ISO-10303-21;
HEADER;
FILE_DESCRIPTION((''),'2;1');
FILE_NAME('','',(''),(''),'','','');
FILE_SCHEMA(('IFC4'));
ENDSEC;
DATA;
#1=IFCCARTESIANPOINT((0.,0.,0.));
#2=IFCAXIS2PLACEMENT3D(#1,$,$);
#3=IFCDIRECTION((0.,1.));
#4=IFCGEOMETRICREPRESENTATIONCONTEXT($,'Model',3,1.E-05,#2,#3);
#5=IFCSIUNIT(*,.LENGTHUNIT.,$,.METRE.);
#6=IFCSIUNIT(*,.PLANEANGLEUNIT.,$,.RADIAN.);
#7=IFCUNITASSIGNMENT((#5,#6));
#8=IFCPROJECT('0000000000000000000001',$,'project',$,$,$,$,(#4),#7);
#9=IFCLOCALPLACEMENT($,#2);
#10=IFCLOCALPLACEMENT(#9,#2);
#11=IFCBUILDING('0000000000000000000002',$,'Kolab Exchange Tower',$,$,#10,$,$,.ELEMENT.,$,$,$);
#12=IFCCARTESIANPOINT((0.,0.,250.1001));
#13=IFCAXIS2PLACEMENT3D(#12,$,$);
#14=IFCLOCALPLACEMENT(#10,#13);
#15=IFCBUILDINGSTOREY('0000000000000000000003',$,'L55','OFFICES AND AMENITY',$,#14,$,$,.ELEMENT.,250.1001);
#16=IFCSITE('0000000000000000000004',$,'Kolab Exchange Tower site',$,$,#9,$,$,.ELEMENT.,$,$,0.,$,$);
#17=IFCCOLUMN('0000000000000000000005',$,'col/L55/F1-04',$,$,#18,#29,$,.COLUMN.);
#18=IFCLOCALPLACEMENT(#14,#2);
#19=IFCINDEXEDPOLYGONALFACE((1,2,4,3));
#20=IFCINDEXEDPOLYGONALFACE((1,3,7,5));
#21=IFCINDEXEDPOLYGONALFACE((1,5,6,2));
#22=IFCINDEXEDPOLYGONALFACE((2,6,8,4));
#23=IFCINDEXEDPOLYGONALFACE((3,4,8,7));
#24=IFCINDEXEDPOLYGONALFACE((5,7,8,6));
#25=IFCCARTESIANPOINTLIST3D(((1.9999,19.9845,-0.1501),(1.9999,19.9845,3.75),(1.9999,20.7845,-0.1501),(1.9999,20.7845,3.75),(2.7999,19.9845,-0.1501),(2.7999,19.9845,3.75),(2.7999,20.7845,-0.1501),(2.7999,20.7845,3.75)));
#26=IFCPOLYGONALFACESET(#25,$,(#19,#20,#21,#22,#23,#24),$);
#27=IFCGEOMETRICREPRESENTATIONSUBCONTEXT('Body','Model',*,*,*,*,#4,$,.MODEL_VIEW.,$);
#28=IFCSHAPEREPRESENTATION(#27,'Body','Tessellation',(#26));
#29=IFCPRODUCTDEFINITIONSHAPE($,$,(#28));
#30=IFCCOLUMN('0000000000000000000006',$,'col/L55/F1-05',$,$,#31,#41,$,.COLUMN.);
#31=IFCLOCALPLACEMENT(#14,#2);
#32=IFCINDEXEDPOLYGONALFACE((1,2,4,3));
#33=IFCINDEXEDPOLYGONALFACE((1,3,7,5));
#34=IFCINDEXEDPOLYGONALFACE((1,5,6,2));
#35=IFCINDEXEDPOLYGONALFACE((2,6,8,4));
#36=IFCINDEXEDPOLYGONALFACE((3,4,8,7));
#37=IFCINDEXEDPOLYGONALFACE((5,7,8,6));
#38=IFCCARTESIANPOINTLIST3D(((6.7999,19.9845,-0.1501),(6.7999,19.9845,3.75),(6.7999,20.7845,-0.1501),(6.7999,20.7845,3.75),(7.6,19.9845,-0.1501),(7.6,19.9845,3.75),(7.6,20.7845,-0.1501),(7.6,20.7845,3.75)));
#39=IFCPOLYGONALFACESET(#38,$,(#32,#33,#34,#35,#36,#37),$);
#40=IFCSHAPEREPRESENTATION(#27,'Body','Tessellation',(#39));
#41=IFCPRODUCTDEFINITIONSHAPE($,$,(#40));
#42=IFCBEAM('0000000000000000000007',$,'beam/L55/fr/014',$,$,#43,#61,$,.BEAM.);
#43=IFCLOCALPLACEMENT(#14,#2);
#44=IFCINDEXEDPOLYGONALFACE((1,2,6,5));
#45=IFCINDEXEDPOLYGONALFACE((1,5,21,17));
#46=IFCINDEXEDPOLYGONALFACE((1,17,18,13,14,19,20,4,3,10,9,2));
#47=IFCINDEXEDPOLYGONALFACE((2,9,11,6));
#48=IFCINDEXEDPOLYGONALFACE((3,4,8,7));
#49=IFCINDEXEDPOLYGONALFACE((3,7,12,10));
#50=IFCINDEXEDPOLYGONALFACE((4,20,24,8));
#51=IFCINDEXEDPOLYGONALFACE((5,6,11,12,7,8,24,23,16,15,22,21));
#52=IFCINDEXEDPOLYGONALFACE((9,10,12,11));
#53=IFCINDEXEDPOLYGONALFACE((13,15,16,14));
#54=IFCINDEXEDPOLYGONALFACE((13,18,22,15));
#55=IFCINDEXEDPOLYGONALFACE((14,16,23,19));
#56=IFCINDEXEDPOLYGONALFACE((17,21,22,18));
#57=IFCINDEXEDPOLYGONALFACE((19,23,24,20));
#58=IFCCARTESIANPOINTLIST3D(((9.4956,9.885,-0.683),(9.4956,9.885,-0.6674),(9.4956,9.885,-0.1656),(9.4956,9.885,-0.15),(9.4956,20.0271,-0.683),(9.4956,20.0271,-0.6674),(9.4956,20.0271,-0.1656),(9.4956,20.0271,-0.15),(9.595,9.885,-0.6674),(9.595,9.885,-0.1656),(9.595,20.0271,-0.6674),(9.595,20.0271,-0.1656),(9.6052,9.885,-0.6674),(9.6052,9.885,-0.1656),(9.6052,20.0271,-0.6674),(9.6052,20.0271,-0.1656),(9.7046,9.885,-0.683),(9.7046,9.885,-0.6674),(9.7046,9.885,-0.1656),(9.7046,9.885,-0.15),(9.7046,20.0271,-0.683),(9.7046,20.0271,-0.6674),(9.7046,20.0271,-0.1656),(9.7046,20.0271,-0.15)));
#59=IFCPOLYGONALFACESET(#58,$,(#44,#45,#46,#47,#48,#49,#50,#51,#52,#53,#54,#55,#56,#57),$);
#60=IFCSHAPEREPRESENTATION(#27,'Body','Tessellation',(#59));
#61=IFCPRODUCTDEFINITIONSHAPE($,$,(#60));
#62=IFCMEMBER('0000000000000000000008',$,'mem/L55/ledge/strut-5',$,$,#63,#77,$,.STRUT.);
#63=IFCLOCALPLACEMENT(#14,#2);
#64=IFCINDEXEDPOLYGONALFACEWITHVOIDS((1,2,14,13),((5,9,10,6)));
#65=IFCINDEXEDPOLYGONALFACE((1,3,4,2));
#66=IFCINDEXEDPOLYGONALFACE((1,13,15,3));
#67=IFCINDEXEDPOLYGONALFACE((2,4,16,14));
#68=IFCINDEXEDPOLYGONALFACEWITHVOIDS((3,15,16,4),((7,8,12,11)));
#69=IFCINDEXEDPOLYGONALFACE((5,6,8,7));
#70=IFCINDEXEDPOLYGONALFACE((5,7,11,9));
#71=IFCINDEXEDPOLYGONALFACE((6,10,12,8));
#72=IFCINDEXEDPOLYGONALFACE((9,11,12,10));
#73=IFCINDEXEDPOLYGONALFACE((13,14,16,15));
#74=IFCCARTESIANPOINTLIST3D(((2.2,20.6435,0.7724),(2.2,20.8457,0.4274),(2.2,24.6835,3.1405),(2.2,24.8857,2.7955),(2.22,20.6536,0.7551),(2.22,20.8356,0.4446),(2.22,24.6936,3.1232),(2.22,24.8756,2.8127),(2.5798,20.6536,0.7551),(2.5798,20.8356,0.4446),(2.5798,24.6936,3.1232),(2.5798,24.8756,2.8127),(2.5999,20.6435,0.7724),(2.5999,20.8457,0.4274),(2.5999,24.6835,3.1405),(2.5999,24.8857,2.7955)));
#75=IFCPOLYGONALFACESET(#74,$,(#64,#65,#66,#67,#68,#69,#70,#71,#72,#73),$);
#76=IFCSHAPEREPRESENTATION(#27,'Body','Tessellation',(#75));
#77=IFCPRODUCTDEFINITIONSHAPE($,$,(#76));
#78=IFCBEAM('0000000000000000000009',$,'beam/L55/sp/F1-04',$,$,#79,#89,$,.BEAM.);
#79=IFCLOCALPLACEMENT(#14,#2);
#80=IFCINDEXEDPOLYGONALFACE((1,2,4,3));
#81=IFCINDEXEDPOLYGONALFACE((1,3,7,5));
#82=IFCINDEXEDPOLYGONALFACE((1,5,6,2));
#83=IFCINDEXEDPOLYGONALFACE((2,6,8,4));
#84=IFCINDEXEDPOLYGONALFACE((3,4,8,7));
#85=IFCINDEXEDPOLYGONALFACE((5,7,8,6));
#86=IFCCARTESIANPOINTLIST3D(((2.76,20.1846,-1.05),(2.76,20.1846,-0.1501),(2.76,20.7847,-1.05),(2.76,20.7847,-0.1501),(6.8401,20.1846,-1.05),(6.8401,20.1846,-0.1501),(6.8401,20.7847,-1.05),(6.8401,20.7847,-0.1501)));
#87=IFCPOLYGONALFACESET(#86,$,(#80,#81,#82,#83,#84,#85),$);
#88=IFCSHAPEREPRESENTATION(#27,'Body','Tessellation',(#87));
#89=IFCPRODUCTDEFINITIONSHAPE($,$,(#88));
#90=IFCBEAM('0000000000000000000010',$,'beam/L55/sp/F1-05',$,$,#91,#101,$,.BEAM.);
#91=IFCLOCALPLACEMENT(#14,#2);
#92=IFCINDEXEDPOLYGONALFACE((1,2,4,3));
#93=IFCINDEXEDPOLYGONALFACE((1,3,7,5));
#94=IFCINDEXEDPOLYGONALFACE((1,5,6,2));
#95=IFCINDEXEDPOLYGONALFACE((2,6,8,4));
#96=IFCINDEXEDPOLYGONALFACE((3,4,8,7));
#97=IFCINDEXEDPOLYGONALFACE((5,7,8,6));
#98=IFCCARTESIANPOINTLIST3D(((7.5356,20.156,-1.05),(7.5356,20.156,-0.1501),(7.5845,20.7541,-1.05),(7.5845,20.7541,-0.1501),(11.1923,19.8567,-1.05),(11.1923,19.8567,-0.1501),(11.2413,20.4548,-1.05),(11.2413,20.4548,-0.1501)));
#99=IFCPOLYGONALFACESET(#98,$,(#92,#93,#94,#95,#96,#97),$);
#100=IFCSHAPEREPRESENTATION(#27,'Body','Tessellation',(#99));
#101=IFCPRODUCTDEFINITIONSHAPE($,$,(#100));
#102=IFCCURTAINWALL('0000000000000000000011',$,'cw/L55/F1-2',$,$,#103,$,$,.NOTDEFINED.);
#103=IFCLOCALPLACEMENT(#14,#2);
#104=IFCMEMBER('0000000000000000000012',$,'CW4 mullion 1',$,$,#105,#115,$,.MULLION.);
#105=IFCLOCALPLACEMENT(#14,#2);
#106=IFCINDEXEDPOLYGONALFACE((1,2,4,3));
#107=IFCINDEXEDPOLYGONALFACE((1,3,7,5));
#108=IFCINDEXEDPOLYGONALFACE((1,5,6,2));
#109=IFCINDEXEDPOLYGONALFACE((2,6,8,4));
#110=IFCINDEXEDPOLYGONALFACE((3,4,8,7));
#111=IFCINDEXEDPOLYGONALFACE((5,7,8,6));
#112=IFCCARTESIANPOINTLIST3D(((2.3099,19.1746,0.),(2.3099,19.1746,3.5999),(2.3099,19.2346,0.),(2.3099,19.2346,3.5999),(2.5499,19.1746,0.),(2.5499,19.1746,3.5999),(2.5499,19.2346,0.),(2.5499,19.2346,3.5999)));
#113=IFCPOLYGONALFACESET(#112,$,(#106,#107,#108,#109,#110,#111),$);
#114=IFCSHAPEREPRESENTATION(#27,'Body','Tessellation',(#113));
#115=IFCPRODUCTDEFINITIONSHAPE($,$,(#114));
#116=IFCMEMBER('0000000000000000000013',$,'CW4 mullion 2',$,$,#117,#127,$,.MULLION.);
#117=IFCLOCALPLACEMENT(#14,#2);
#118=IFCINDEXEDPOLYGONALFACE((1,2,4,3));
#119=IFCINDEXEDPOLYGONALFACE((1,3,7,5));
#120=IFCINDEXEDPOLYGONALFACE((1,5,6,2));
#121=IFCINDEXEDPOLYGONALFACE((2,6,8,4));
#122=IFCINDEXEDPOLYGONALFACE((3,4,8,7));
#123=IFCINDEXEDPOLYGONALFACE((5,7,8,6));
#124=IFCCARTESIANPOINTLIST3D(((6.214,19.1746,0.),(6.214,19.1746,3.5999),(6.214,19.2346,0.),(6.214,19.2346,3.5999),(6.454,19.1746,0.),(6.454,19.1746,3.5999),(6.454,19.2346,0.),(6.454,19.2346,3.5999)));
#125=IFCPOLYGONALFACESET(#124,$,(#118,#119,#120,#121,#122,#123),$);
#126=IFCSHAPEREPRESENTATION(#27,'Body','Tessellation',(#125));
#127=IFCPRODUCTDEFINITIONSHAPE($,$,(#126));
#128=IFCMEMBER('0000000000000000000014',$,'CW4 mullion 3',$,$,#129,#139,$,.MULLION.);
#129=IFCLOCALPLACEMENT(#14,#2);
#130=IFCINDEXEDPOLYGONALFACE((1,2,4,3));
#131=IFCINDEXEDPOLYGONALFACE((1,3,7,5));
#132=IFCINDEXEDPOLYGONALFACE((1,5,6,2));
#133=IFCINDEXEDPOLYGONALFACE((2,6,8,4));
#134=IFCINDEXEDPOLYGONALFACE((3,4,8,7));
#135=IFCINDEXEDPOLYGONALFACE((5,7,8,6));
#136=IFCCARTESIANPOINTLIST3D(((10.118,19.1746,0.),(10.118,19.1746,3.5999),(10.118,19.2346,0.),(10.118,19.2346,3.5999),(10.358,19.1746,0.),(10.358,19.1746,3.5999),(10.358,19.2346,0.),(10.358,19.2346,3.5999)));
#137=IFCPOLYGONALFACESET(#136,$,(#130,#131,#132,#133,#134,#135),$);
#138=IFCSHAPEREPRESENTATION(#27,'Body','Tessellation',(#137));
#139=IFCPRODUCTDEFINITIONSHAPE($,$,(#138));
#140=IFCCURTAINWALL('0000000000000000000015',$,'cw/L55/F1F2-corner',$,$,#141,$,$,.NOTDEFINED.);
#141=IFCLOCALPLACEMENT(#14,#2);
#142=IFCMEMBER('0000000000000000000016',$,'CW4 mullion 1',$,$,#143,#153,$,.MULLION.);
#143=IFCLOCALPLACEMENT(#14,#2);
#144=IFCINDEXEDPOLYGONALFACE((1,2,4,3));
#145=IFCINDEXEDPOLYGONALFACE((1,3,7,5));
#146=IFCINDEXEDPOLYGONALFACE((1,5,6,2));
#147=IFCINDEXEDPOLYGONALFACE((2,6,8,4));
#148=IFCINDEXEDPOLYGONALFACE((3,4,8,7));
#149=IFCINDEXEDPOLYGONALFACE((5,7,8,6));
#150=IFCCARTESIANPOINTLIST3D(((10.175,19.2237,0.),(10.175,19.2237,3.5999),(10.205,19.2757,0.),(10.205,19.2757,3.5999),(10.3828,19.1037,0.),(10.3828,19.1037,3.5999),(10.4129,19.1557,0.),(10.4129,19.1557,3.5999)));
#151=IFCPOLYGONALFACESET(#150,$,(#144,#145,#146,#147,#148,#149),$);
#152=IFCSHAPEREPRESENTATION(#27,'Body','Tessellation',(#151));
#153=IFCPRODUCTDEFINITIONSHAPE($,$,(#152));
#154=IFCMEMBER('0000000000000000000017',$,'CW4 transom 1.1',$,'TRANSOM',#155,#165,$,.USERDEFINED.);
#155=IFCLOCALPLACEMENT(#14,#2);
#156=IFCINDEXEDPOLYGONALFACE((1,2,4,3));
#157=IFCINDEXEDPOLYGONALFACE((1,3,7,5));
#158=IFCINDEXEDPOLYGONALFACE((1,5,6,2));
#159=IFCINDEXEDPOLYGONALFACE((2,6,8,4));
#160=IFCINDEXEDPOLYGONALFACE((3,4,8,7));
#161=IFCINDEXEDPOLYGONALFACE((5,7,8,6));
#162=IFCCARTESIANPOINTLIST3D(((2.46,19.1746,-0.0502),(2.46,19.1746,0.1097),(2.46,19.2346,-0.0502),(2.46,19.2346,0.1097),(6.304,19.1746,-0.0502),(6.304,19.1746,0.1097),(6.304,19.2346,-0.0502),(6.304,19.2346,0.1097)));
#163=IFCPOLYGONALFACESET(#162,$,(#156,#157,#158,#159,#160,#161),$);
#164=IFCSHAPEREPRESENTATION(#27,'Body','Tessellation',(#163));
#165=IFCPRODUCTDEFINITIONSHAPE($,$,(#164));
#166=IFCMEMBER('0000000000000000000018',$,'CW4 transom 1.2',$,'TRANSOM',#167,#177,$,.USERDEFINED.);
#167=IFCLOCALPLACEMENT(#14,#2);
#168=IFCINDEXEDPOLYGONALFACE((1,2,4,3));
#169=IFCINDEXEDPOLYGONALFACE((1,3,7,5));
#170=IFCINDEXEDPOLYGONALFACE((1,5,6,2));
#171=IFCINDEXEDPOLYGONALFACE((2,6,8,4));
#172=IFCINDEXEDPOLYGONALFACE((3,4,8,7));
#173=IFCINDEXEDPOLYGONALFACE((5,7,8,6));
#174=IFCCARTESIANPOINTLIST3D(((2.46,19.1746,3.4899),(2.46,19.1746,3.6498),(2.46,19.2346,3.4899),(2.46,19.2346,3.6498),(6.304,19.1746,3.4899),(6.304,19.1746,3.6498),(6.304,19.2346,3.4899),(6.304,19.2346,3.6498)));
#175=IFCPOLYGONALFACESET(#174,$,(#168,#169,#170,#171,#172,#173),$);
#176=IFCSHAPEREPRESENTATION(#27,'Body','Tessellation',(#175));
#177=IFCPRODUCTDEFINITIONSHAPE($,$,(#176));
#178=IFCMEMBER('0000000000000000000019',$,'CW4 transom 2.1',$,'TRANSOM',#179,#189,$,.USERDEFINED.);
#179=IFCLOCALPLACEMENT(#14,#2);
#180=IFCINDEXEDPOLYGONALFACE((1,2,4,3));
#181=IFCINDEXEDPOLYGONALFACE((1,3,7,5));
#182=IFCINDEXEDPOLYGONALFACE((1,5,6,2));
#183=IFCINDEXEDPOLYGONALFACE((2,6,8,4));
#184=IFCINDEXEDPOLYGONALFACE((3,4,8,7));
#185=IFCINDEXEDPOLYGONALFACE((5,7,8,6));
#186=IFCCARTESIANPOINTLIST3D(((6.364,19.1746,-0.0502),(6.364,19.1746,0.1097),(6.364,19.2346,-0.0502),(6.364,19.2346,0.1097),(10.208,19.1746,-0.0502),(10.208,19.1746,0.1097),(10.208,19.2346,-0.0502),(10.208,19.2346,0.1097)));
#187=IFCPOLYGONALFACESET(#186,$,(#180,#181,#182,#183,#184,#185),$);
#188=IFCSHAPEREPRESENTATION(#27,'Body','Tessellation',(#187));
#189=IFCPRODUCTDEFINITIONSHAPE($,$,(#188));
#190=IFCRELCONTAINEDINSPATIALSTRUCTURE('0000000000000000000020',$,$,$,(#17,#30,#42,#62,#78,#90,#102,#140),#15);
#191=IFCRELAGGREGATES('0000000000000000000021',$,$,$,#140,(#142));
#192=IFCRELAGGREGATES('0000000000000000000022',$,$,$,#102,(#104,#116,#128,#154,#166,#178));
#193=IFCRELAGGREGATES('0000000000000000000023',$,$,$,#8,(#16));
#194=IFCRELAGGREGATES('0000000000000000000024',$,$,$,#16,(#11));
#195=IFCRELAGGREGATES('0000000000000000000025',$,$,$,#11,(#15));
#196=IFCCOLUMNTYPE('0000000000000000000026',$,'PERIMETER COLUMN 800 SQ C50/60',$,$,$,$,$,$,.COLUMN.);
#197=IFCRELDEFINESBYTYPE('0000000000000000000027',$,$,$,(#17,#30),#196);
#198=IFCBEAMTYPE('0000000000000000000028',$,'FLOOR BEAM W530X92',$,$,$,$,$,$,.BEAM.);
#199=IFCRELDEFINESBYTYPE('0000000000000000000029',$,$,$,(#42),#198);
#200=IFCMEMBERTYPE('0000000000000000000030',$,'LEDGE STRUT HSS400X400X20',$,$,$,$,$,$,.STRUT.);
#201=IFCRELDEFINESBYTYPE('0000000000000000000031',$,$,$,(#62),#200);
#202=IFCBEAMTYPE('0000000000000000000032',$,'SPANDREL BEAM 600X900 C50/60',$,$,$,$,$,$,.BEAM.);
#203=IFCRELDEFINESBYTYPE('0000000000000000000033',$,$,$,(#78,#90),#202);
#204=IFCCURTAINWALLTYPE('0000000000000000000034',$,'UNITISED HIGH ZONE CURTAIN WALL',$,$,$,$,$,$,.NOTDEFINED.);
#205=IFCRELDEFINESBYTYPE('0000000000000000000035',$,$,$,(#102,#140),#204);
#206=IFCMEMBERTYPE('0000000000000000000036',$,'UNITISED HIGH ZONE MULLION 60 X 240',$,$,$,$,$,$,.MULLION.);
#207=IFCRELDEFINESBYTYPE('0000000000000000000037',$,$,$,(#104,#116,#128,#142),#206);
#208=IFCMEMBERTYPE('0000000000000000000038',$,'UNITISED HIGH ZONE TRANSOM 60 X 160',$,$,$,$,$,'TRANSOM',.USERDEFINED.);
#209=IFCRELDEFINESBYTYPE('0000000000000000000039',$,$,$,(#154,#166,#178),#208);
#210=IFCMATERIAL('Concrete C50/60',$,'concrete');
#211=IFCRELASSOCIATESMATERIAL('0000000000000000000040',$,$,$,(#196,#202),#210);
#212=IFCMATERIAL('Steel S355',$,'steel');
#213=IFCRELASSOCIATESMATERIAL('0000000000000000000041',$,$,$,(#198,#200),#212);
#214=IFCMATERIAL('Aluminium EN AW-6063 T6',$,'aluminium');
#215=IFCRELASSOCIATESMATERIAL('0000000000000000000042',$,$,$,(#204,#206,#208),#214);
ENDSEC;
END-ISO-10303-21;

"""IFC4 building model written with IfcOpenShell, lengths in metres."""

from ifc_helpers import new_model, si_unit, direction, frame, origin, origin_2d, place, context, subcontext, project, spatial, rectangle, hollow_rectangle, i_section, extrude, material, material_profile, profile_set, type_object, element, aggregate, save


model = new_model("IFC4")

# Units and contexts
model_context = context("Model", 3, precision=1e-05, world=origin(), true_north=direction((0.0, 1.0)))
body_context = subcontext(model_context, "Body", "Model", "MODEL_VIEW")
ifc_project = project(units=[si_unit("LENGTHUNIT", "METRE"), si_unit("PLANEANGLEUNIT", "RADIAN")], contexts=[model_context])

# Site, building, storey
site_placement = place(None, origin())
site = spatial("IfcSite", under=ifc_project, at=site_placement, Name="Kolab Exchange Tower site", CompositionType="ELEMENT", RefElevation=0.0)
building_placement = place(site_placement, origin())
building = spatial("IfcBuilding", under=site, at=building_placement, Name="Kolab Exchange Tower", CompositionType="ELEMENT")
storey_placement = place(building_placement, frame((0.0, 0.0, 250.1001)))
storey = spatial("IfcBuildingStorey", under=building, at=storey_placement, Name="L55", Description="OFFICES AND AMENITY", CompositionType="ELEMENT", Elevation=250.1001)

# Columns
ifc_material_1 = material(Name="Concrete C50/60", Category="concrete")
ifc_material_profile_1 = material_profile(ifc_material_1, rectangle(XDim=0.8, YDim=0.8, at=origin_2d()), Name="RC800")
ifc_profile_set_1 = profile_set([ifc_material_profile_1], Name="Concrete C50/60")
column_type = type_object("IfcColumnType", Name="PERIMETER COLUMN 800 SQ C50/60", PredefinedType="COLUMN", material=ifc_profile_set_1)
for number, where, z_axis, x_axis, name in (
    (1, (2.3999, 20.3845, -0.1501), (0.0, 0.0, 1.0), (1.0, 0.0, 0.0), "col/L55/F1-04"),
    (2, (7.2, 20.3845, -0.1501), (0.0, 0.0, 1.0), (1.0, 0.0, 0.0), "col/L55/F1-05"),
):
    element("IfcColumn", number, at=place(storey_placement, frame(where, z_axis=z_axis, x_axis=x_axis)), inside=storey, type_object=column_type, Name=name, PredefinedType="COLUMN", context=body_context, shape_type="SweptSolid", body=[
        extrude(rectangle(XDim=0.8, YDim=0.8, at=origin_2d()), origin(), (0.0, 0.0, 1.0), 3.9001),
    ])

# Beam
ifc_material_2 = material(Name="Steel S355", Category="steel")
ifc_material_profile_2 = material_profile(ifc_material_2, i_section(OverallWidth=0.209, OverallDepth=0.533, WebThickness=0.0103, FlangeThickness=0.0156, at=origin_2d()), Name="W530X92")
ifc_profile_set_2 = profile_set([ifc_material_profile_2], Name="Steel S355")
beam_type_1 = type_object("IfcBeamType", Name="FLOOR BEAM W530X92", PredefinedType="BEAM", material=ifc_profile_set_2)
beam_1_placement = place(storey_placement, frame((9.6001, 9.885, -0.4165), z_axis=(0.0, 1.0, 0.0), x_axis=(-1.0, 0.0, 0.0)))
element("IfcBeam", 3, at=beam_1_placement, inside=storey, type_object=beam_type_1, Name="beam/L55/fr/014", PredefinedType="BEAM", context=body_context, shape_type="SweptSolid", body=[
    extrude(i_section(OverallWidth=0.209, OverallDepth=0.533, WebThickness=0.0103, FlangeThickness=0.0156, at=origin_2d()), origin(), (0.0, 0.0, 1.0), 10.1421),
])

# Member
ifc_material_profile_3 = material_profile(ifc_material_2, hollow_rectangle(XDim=0.3999, YDim=0.3999, WallThickness=0.02, at=origin_2d()), Name="HSS400X400X20")
ifc_profile_set_3 = profile_set([ifc_material_profile_3], Name="Steel S355")
member_type_1 = type_object("IfcMemberType", Name="LEDGE STRUT HSS400X400X20", PredefinedType="STRUT", material=ifc_profile_set_3)
member_1_placement = place(storey_placement, frame((2.3999, 20.7446, 0.5999), z_axis=(0.0, 0.862711, 0.505698), x_axis=(-1.0, 0.0, 0.0)))
element("IfcMember", 4, at=member_1_placement, inside=storey, type_object=member_type_1, Name="mem/L55/ledge/strut-5", PredefinedType="STRUT", context=body_context, shape_type="SweptSolid", body=[
    extrude(hollow_rectangle(XDim=0.3999, YDim=0.3999, WallThickness=0.02, at=origin_2d()), origin(), (0.0, 0.0, 1.0), 4.6829),
])

# Beams
ifc_material_profile_4 = material_profile(ifc_material_1, rectangle(XDim=0.6001, YDim=0.8999, at=origin_2d()), Name="RC600X900")
ifc_profile_set_4 = profile_set([ifc_material_profile_4], Name="Concrete C50/60")
beam_type_2 = type_object("IfcBeamType", Name="SPANDREL BEAM 600X900 C50/60", PredefinedType="BEAM", material=ifc_profile_set_4)
beam_2_placement = place(storey_placement, frame((2.76, 20.4846, -0.6001), z_axis=(1.0, 0.0, 0.0), x_axis=(0.0, 1.0, 0.0)))
element("IfcBeam", 5, at=beam_2_placement, inside=storey, type_object=beam_type_2, Name="beam/L55/sp/F1-04", PredefinedType="BEAM", context=body_context, shape_type="SweptSolid", body=[
    extrude(rectangle(XDim=0.6001, YDim=0.8999, at=origin_2d()), origin(), (0.0, 0.0, 1.0), 4.0801),
])
beam_3_placement = place(storey_placement, frame((7.5601, 20.4551, -0.6001), z_axis=(0.996667, -0.081581, 0.0), x_axis=(0.081581, 0.996667, 0.0)))
element("IfcBeam", 6, at=beam_3_placement, inside=storey, type_object=beam_type_2, Name="beam/L55/sp/F1-05", PredefinedType="BEAM", context=body_context, shape_type="SweptSolid", body=[
    extrude(rectangle(XDim=0.6001, YDim=0.8999, at=origin_2d()), origin(), (0.0, 0.0, 1.0), 3.6689),
])

# Curtain wall, members
ifc_material_3 = material(Name="Aluminium EN AW-6063 T6", Category="aluminium")
curtain_wall_type = type_object("IfcCurtainWallType", Name="UNITISED HIGH ZONE CURTAIN WALL", PredefinedType="NOTDEFINED", material=ifc_material_3)
curtain_wall_1_placement = place(storey_placement, origin())
curtain_wall_1 = element("IfcCurtainWall", 7, at=curtain_wall_1_placement, inside=storey, type_object=curtain_wall_type, Name="cw/L55/F1-2", PredefinedType="NOTDEFINED")
ifc_material_profile_5 = material_profile(ifc_material_3, rectangle(XDim=0.0601, YDim=0.24, at=origin_2d()), Name="RECT 60X240")
ifc_profile_set_5 = profile_set([ifc_material_profile_5], Name="Aluminium EN AW-6063 T6")
member_type_2 = type_object("IfcMemberType", Name="UNITISED HIGH ZONE MULLION 60 X 240", PredefinedType="MULLION", material=ifc_profile_set_5)
member_2_placement = place(storey_placement, frame((2.4299, 19.2046, 0.0), z_axis=(0.0, 0.0, 1.0), x_axis=(0.0, 1.0, 0.0)))
member_2 = element("IfcMember", 8, at=member_2_placement, type_object=member_type_2, Name="CW4 mullion 1", PredefinedType="MULLION", context=body_context, shape_type="SweptSolid", body=[
    extrude(rectangle(XDim=0.0601, YDim=0.24, at=origin_2d()), origin(), (0.0, 0.0, 1.0), 3.5999),
])
member_3_placement = place(storey_placement, frame((6.334, 19.2046, 0.0), z_axis=(0.0, 0.0, 1.0), x_axis=(0.0, 1.0, 0.0)))
member_3 = element("IfcMember", 9, at=member_3_placement, type_object=member_type_2, Name="CW4 mullion 2", PredefinedType="MULLION", context=body_context, shape_type="SweptSolid", body=[
    extrude(rectangle(XDim=0.0601, YDim=0.24, at=origin_2d()), origin(), (0.0, 0.0, 1.0), 3.5999),
])
member_4_placement = place(storey_placement, frame((10.238, 19.2046, 0.0), z_axis=(0.0, 0.0, 1.0), x_axis=(0.0, 1.0, 0.0)))
member_4 = element("IfcMember", 10, at=member_4_placement, type_object=member_type_2, Name="CW4 mullion 3", PredefinedType="MULLION", context=body_context, shape_type="SweptSolid", body=[
    extrude(rectangle(XDim=0.0601, YDim=0.24, at=origin_2d()), origin(), (0.0, 0.0, 1.0), 3.5999),
])

# Curtain wall, member
curtain_wall_2_placement = place(storey_placement, origin())
curtain_wall_2 = element("IfcCurtainWall", 11, at=curtain_wall_2_placement, inside=storey, type_object=curtain_wall_type, Name="cw/L55/F1F2-corner", PredefinedType="NOTDEFINED")
member_5_placement = place(storey_placement, frame((10.2939, 19.1897, 0.0), z_axis=(0.0, 0.0, 1.0), x_axis=(0.5, 0.866025, 0.0)))
member_5 = element("IfcMember", 12, at=member_5_placement, type_object=member_type_2, Name="CW4 mullion 1", PredefinedType="MULLION", context=body_context, shape_type="SweptSolid", body=[
    extrude(rectangle(XDim=0.0601, YDim=0.24, at=origin_2d()), origin(), (0.0, 0.0, 1.0), 3.5999),
])

# Members
ifc_material_profile_6 = material_profile(ifc_material_3, rectangle(XDim=0.0601, YDim=0.1599, at=origin_2d()), Name="RECT 60X160")
ifc_profile_set_6 = profile_set([ifc_material_profile_6], Name="Aluminium EN AW-6063 T6")
member_type_3 = type_object("IfcMemberType", Name="UNITISED HIGH ZONE TRANSOM 60 X 160", ElementType="TRANSOM", PredefinedType="USERDEFINED", material=ifc_profile_set_6)
member_6_placement = place(storey_placement, frame((2.46, 19.2046, 0.0298), z_axis=(1.0, 0.0, 0.0), x_axis=(0.0, 1.0, 0.0)))
member_6 = element("IfcMember", 13, at=member_6_placement, type_object=member_type_3, Name="CW4 transom 1.1", ObjectType="TRANSOM", PredefinedType="USERDEFINED", context=body_context, shape_type="SweptSolid", body=[
    extrude(rectangle(XDim=0.0601, YDim=0.1599, at=origin_2d()), origin(), (0.0, 0.0, 1.0), 3.844),
])
member_7_placement = place(storey_placement, frame((2.46, 19.2046, 3.5698), z_axis=(1.0, 0.0, 0.0), x_axis=(0.0, 1.0, 0.0)))
member_7 = element("IfcMember", 14, at=member_7_placement, type_object=member_type_3, Name="CW4 transom 1.2", ObjectType="TRANSOM", PredefinedType="USERDEFINED", context=body_context, shape_type="SweptSolid", body=[
    extrude(rectangle(XDim=0.0601, YDim=0.1599, at=origin_2d()), origin(), (0.0, 0.0, 1.0), 3.844),
])
member_8_placement = place(storey_placement, frame((6.364, 19.2046, 0.0298), z_axis=(1.0, 0.0, 0.0), x_axis=(0.0, 1.0, 0.0)))
member_8 = element("IfcMember", 15, at=member_8_placement, type_object=member_type_3, Name="CW4 transom 2.1", ObjectType="TRANSOM", PredefinedType="USERDEFINED", context=body_context, shape_type="SweptSolid", body=[
    extrude(rectangle(XDim=0.0601, YDim=0.1599, at=origin_2d()), origin(), (0.0, 0.0, 1.0), 3.844),
])
aggregate(curtain_wall_2, [member_5])

aggregate(curtain_wall_1, [member_2, member_3, member_4, member_6, member_7, member_8])

save(model, "model.ifc")
